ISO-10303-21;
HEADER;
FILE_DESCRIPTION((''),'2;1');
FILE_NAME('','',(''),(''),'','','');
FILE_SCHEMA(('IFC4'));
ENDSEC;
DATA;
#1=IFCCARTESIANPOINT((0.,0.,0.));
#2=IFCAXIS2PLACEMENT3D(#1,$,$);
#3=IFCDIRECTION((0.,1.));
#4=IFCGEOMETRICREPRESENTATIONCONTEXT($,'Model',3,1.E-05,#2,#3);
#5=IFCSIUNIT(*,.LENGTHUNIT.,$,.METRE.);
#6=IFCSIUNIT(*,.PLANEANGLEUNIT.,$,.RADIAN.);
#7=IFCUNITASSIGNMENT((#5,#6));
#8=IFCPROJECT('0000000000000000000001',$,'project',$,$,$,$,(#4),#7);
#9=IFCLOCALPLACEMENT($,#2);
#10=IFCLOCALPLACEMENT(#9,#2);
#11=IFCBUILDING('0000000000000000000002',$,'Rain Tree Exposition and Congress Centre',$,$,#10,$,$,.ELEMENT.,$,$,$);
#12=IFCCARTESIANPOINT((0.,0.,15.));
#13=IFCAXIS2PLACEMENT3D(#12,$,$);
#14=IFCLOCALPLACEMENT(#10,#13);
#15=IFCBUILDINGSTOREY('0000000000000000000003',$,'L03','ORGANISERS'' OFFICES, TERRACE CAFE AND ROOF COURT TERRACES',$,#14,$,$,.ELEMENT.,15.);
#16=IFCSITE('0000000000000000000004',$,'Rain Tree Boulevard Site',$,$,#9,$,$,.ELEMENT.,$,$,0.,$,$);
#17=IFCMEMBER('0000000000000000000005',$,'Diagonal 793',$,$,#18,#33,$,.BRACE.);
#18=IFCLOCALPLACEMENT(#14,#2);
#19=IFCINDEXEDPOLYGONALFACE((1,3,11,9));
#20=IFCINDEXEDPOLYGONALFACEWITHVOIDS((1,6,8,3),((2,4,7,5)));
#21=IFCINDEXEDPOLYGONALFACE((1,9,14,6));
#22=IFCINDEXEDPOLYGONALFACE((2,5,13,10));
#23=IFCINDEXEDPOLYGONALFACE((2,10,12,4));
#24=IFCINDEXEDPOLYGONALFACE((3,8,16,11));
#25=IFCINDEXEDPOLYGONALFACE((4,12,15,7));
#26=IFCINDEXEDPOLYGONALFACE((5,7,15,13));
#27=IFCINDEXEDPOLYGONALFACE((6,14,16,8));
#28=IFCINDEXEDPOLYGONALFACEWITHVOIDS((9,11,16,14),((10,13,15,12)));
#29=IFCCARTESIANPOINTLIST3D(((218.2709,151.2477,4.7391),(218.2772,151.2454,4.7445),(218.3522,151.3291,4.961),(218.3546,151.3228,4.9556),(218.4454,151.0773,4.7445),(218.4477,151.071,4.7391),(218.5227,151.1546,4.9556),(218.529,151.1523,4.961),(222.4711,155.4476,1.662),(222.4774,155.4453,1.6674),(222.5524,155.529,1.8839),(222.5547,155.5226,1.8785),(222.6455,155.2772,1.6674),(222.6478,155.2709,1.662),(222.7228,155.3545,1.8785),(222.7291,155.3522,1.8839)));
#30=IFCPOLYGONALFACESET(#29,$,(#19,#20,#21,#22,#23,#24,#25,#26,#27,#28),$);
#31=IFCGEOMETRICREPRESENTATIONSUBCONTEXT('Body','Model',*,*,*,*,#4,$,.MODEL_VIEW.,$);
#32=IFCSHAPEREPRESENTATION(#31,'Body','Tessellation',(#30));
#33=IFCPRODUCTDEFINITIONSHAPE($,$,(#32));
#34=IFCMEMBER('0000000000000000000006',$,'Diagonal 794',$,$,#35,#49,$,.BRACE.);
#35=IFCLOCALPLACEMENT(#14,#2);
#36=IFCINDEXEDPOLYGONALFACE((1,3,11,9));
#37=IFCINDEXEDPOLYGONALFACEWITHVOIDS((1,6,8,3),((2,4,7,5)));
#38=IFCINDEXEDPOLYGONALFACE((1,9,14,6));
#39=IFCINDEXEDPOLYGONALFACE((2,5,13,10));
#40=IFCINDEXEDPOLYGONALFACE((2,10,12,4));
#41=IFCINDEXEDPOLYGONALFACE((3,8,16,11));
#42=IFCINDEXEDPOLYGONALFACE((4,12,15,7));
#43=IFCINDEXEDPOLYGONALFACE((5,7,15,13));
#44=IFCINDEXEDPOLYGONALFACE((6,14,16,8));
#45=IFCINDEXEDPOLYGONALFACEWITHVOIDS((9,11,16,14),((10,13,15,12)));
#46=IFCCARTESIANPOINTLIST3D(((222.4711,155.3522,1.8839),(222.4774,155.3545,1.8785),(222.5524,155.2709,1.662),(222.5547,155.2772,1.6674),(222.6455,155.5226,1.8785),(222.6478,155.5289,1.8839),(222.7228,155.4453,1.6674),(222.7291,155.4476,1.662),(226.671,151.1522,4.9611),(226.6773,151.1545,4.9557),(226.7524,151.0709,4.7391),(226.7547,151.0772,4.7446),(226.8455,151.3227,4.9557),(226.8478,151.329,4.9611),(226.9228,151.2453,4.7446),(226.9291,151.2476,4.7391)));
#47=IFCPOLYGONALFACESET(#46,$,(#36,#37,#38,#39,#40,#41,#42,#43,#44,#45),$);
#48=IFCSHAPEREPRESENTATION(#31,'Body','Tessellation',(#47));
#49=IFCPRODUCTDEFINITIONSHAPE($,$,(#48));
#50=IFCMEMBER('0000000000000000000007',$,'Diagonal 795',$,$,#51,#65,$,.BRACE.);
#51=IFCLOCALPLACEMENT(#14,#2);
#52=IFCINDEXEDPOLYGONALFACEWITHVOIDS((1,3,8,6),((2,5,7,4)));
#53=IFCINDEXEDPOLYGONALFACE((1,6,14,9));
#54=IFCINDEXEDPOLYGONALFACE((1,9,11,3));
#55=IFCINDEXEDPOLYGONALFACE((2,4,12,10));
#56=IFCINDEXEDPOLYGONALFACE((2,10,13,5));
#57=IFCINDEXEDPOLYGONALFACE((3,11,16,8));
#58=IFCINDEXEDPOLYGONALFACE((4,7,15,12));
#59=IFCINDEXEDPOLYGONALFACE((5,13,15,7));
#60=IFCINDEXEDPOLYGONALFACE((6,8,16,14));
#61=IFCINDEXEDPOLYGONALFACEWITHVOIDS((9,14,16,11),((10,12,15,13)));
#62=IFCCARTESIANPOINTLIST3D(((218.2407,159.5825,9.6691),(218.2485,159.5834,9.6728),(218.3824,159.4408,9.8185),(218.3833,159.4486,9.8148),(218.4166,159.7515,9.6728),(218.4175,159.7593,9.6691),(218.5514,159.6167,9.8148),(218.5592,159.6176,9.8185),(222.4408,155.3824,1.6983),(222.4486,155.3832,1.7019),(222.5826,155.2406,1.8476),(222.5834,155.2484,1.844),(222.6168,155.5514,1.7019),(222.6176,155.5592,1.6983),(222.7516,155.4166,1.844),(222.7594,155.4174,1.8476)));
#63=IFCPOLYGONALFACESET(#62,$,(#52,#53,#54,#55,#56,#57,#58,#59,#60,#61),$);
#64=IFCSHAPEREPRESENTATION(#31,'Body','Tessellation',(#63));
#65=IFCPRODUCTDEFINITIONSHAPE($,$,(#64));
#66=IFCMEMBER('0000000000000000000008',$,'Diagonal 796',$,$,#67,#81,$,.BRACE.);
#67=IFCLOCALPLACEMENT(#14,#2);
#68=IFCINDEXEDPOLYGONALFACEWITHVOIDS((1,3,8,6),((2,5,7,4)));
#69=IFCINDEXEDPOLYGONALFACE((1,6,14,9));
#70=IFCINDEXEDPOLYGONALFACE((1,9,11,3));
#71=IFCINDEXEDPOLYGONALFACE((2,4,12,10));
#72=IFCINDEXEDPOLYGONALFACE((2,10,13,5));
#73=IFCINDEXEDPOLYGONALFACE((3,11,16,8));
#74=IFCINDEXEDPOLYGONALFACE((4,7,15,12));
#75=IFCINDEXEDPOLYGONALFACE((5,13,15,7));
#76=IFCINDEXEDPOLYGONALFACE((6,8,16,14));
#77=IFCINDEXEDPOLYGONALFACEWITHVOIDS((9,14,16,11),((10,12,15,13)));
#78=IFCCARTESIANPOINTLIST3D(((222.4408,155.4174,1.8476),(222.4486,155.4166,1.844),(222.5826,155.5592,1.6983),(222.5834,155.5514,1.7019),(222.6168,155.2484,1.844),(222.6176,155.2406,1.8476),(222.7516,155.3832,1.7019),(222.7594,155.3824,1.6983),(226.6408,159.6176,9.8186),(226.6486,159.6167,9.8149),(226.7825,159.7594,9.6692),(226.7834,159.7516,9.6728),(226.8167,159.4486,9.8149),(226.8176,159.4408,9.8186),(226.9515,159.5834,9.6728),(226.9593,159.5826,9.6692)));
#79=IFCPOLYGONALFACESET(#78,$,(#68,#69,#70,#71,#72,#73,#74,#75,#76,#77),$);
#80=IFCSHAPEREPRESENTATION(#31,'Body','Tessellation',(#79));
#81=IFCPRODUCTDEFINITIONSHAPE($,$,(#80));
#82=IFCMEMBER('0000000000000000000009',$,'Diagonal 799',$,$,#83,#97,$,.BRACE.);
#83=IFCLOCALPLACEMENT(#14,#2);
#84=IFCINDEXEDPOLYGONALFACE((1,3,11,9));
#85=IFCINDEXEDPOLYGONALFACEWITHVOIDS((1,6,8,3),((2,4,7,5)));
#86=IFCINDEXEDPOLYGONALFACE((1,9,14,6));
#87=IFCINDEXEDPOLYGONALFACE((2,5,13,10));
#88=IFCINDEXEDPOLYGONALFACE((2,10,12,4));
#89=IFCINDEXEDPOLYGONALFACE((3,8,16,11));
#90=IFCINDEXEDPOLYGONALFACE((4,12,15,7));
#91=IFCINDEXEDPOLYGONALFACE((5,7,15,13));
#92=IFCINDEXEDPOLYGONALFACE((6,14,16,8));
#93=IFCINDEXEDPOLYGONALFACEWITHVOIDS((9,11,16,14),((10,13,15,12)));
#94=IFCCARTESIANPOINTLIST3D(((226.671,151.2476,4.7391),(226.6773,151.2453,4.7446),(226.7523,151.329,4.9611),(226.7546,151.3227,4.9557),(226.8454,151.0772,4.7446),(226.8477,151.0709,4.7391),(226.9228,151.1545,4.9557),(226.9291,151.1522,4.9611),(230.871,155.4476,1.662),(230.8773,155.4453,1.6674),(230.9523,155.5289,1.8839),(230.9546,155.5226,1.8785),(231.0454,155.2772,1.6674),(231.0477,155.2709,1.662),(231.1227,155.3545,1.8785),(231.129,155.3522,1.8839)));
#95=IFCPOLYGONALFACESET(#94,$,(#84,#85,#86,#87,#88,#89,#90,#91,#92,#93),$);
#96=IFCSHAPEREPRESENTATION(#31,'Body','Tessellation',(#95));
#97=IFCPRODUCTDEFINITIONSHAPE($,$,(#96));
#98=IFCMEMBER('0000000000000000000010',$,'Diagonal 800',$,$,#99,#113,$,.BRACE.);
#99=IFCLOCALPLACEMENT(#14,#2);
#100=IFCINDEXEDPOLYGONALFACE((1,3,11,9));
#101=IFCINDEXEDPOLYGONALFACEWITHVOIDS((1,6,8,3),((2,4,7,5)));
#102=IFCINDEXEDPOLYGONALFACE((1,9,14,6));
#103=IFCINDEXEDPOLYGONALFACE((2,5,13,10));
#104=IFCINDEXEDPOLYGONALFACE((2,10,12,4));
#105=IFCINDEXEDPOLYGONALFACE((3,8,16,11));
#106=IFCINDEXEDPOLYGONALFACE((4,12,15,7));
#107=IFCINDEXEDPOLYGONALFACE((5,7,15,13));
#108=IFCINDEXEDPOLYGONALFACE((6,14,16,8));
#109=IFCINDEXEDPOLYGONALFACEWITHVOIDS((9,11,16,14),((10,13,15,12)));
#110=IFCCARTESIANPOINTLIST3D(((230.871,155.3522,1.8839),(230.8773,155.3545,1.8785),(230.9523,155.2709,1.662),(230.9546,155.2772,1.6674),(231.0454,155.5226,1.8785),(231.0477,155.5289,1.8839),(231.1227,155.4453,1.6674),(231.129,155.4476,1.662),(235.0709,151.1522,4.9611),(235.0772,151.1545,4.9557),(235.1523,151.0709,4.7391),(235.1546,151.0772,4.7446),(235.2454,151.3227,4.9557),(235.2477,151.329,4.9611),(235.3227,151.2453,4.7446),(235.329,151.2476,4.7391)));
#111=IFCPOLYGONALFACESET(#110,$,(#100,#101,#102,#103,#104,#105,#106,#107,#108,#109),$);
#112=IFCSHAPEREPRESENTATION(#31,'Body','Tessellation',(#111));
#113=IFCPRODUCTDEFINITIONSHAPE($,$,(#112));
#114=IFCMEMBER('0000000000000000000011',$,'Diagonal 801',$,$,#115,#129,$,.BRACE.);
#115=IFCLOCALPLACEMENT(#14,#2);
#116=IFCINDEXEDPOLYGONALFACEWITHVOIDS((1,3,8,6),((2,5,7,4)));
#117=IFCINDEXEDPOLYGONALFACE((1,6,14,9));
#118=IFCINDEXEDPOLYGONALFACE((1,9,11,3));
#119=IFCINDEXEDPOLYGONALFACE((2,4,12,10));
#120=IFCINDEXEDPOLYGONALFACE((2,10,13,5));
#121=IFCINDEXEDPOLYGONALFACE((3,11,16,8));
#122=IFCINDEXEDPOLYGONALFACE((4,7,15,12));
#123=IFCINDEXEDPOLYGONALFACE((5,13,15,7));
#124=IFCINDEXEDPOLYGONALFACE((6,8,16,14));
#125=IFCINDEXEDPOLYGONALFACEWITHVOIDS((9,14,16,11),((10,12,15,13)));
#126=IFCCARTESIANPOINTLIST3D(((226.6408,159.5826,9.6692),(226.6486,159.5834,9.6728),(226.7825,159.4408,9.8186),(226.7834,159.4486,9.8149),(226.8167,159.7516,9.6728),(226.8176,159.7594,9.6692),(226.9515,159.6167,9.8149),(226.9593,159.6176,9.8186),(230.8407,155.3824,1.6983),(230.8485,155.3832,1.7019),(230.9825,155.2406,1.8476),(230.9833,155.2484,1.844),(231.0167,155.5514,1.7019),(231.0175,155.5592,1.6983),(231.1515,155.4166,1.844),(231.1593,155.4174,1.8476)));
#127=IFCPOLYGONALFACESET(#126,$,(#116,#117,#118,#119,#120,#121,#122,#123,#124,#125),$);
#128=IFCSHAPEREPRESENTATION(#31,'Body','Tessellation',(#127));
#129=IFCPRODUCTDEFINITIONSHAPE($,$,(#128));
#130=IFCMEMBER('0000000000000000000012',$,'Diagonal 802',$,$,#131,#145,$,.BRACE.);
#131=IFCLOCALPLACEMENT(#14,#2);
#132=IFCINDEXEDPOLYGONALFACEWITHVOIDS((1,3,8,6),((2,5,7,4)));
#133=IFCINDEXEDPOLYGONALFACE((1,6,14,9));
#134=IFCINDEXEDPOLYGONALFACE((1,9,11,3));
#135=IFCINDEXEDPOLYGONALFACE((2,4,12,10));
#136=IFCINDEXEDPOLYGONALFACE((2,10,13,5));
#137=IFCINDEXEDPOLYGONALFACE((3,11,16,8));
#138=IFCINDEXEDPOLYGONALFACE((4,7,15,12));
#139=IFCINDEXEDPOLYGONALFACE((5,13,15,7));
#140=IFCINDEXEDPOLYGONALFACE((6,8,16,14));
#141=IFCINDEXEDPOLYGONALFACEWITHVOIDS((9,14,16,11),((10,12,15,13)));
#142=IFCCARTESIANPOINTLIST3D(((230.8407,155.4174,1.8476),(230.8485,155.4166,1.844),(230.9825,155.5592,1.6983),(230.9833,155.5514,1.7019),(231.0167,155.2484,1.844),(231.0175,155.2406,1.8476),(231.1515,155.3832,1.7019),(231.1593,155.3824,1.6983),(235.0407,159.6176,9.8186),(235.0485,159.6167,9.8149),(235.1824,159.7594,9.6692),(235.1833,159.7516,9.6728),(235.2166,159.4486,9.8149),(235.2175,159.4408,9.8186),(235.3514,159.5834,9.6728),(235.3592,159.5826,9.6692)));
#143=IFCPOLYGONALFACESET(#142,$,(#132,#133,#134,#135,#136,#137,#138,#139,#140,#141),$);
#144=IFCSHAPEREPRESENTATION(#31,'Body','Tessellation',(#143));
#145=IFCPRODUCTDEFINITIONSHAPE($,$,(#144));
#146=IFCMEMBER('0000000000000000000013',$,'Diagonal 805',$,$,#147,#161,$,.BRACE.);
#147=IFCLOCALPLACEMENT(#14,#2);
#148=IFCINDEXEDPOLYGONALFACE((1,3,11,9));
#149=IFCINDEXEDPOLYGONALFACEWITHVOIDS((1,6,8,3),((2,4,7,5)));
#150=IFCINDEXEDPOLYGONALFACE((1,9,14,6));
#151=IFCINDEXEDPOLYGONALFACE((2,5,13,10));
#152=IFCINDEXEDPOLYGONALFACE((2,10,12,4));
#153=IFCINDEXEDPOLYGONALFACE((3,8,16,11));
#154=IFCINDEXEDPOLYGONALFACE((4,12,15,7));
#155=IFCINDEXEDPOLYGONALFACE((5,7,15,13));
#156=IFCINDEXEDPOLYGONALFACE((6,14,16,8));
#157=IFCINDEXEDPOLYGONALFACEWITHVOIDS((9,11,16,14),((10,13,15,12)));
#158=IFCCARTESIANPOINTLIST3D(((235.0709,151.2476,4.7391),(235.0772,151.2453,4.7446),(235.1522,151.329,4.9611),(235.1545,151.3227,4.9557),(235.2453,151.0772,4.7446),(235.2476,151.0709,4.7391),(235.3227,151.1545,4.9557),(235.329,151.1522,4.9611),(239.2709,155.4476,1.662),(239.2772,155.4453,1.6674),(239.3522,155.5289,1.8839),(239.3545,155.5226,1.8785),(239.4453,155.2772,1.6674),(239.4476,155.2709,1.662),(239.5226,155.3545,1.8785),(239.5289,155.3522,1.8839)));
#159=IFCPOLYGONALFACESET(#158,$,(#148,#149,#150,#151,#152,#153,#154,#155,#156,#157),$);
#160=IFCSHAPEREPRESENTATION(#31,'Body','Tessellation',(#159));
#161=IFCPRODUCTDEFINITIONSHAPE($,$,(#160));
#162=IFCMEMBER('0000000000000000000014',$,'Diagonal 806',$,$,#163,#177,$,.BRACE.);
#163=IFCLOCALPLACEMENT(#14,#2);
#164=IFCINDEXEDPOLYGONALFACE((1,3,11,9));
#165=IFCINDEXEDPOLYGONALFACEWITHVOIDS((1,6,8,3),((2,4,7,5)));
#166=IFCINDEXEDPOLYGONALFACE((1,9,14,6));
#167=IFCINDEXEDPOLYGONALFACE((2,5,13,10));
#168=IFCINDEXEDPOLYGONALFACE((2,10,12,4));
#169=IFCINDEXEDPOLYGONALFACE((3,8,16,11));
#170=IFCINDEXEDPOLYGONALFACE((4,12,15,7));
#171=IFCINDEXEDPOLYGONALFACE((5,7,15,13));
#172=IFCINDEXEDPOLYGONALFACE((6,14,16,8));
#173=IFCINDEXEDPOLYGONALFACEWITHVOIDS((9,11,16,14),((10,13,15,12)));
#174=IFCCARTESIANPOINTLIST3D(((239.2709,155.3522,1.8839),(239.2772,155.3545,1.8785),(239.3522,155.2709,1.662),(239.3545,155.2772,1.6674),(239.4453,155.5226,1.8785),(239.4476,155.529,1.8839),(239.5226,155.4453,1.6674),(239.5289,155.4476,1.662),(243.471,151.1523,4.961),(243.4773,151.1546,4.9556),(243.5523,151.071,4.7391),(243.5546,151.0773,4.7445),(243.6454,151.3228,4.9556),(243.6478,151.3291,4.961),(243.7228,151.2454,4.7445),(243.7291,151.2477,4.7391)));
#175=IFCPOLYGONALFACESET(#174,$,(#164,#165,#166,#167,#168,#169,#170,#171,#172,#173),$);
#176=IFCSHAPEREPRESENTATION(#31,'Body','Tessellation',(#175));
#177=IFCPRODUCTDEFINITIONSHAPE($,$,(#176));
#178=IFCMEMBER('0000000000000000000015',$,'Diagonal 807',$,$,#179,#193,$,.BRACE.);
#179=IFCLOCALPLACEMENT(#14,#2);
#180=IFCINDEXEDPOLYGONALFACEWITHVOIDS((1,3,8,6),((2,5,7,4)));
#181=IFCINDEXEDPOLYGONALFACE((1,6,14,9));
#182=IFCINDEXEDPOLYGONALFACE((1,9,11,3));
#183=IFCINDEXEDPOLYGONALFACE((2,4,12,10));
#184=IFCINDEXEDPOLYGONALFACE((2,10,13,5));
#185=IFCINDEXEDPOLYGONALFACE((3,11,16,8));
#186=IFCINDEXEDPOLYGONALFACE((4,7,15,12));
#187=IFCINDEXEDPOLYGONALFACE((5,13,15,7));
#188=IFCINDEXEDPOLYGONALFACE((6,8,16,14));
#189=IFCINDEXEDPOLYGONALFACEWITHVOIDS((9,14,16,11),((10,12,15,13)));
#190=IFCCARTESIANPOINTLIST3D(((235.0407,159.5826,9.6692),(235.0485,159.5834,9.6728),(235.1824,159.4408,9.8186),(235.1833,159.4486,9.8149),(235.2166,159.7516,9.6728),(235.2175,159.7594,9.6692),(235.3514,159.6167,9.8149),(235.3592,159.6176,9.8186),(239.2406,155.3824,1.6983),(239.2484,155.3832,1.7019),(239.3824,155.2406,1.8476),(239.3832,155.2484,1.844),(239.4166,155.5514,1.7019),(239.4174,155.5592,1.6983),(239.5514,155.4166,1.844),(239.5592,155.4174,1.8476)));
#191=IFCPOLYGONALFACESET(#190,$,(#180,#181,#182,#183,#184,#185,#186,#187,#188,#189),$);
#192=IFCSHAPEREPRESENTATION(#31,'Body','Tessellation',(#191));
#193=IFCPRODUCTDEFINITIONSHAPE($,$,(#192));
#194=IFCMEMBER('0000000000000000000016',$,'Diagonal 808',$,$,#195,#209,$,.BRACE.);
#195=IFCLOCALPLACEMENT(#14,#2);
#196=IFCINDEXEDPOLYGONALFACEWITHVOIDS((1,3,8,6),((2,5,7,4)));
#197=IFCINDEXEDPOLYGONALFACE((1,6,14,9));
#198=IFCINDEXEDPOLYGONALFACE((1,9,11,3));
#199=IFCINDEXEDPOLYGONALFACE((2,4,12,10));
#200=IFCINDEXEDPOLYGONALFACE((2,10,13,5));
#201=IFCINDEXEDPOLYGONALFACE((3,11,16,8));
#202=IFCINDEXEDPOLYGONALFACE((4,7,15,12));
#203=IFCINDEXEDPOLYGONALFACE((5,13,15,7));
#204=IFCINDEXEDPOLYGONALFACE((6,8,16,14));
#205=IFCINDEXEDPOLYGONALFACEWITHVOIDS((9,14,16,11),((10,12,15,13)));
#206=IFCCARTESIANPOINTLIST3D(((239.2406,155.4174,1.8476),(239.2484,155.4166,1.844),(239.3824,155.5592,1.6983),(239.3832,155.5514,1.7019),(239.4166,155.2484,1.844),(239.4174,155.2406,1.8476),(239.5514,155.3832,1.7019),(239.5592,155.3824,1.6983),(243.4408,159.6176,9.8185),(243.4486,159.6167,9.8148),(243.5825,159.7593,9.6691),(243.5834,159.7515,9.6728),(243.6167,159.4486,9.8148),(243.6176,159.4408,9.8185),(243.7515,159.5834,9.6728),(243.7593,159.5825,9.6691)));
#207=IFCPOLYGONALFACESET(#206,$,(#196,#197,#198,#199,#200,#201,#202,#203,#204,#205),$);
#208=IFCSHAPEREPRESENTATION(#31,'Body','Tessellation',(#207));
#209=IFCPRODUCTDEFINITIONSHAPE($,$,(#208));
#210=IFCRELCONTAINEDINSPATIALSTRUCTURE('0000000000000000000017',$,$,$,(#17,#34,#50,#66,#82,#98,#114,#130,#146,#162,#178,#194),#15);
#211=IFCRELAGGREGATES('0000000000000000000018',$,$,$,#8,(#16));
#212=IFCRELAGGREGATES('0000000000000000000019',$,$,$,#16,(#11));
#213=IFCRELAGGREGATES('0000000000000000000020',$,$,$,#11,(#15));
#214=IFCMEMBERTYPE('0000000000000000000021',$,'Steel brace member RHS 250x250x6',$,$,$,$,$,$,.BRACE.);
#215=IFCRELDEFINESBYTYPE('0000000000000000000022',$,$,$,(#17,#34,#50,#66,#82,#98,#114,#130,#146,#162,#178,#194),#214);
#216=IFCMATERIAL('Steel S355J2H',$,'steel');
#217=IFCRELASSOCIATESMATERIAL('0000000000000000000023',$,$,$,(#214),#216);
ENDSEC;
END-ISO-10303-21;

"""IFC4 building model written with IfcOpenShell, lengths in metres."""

from ifc_helpers import new_model, si_unit, direction, frame, origin, origin_2d, place, context, subcontext, project, spatial, hollow_rectangle, extrude, material, material_profile, profile_set, type_object, element, save


model = new_model("IFC4")

# Units and contexts
model_context = context("Model", 3, precision=1e-05, world=origin(), true_north=direction((0.0, 1.0)))
body_context = subcontext(model_context, "Body", "Model", "MODEL_VIEW")
ifc_project = project(units=[si_unit("LENGTHUNIT", "METRE"), si_unit("PLANEANGLEUNIT", "RADIAN")], contexts=[model_context])

# Site, building, storey
site_placement = place(None, origin())
site = spatial("IfcSite", under=ifc_project, at=site_placement, Name="Rain Tree Boulevard Site", CompositionType="ELEMENT", RefElevation=0.0)
building_placement = place(site_placement, origin())
building = spatial("IfcBuilding", under=site, at=building_placement, Name="Rain Tree Exposition and Congress Centre", CompositionType="ELEMENT")
storey_placement = place(building_placement, frame((0.0, 0.0, 15.0)))
storey = spatial("IfcBuildingStorey", under=building, at=storey_placement, Name="L03", Description="ORGANISERS' OFFICES, TERRACE CAFE AND ROOF COURT TERRACES", CompositionType="ELEMENT", Elevation=15.0)

# Members
ifc_material_1 = material(Name="Steel S355J2H", Category="steel")
ifc_material_profile_1 = material_profile(ifc_material_1, hollow_rectangle(XDim=0.25, YDim=0.25, WallThickness=0.0061, at=origin_2d()), Name="RHS 250x250x6")
ifc_profile_set_1 = profile_set([ifc_material_profile_1], Name="Steel S355J2H")
member_type_1 = type_object("IfcMemberType", Name="Steel brace member RHS 250x250x6", PredefinedType="BRACE", material=ifc_profile_set_1)
for number, where, z_axis, x_axis, name in (
    (1, (222.6001, 155.3999, 1.7729), (-0.627874, -0.627838, 0.459993), (0.707086, -0.707127, 0.0), "Diagonal 793"),
    (2, (222.6001, 155.3999, 1.7729), (0.627852, -0.627852, 0.460004), (0.707107, 0.707107, 0.0), "Diagonal 794"),
):
    element("IfcMember", number, at=place(storey_placement, frame(where, z_axis=z_axis, x_axis=x_axis)), inside=storey, type_object=member_type_1, Name=name, PredefinedType="BRACE", context=body_context, shape_type="SweptSolid", body=[
        extrude(hollow_rectangle(XDim=0.25, YDim=0.25, WallThickness=0.0061, at=origin_2d()), origin(), (0.0, 0.0, 1.0), 6.6895),
    ])
for number, where, z_axis, x_axis, name in (
    (3, (222.6001, 155.3999, 1.7729), (-0.422521, 0.422521, 0.801843), (-0.707107, -0.707107, 0.0), "Diagonal 795"),
    (4, (222.6001, 155.3999, 1.7729), (0.422501, 0.422526, 0.801851), (-0.707127, 0.707086, 0.0), "Diagonal 796"),
):
    element("IfcMember", number, at=place(storey_placement, frame(where, z_axis=z_axis, x_axis=x_axis)), inside=storey, type_object=member_type_1, Name=name, PredefinedType="BRACE", context=body_context, shape_type="SweptSolid", body=[
        extrude(hollow_rectangle(XDim=0.25, YDim=0.25, WallThickness=0.0061, at=origin_2d()), origin(), (0.0, 0.0, 1.0), 9.9407),
    ])
for number, where, z_axis, x_axis, name in (
    (5, (231.0, 155.3999, 1.7729), (-0.627852, -0.627852, 0.460004), (0.707107, -0.707107, 0.0), "Diagonal 799"),
    (6, (231.0, 155.3999, 1.7729), (0.627852, -0.627852, 0.460004), (0.707107, 0.707107, 0.0), "Diagonal 800"),
):
    element("IfcMember", number, at=place(storey_placement, frame(where, z_axis=z_axis, x_axis=x_axis)), inside=storey, type_object=member_type_1, Name=name, PredefinedType="BRACE", context=body_context, shape_type="SweptSolid", body=[
        extrude(hollow_rectangle(XDim=0.25, YDim=0.25, WallThickness=0.0061, at=origin_2d()), origin(), (0.0, 0.0, 1.0), 6.6895),
    ])
for number, where, z_axis, x_axis, name in (
    (7, (231.0, 155.3999, 1.7729), (-0.422501, 0.422526, 0.801851), (-0.707127, -0.707086, 0.0), "Diagonal 801"),
    (8, (231.0, 155.3999, 1.7729), (0.422501, 0.422526, 0.801851), (-0.707127, 0.707086, 0.0), "Diagonal 802"),
):
    element("IfcMember", number, at=place(storey_placement, frame(where, z_axis=z_axis, x_axis=x_axis)), inside=storey, type_object=member_type_1, Name=name, PredefinedType="BRACE", context=body_context, shape_type="SweptSolid", body=[
        extrude(hollow_rectangle(XDim=0.25, YDim=0.25, WallThickness=0.0061, at=origin_2d()), origin(), (0.0, 0.0, 1.0), 9.9407),
    ])
for number, where, z_axis, x_axis, name in (
    (9, (239.3999, 155.3999, 1.7729), (-0.627852, -0.627852, 0.460004), (0.707107, -0.707107, 0.0), "Diagonal 805"),
    (10, (239.3999, 155.3999, 1.7729), (0.627874, -0.627838, 0.459993), (0.707086, 0.707127, 0.0), "Diagonal 806"),
):
    element("IfcMember", number, at=place(storey_placement, frame(where, z_axis=z_axis, x_axis=x_axis)), inside=storey, type_object=member_type_1, Name=name, PredefinedType="BRACE", context=body_context, shape_type="SweptSolid", body=[
        extrude(hollow_rectangle(XDim=0.25, YDim=0.25, WallThickness=0.0061, at=origin_2d()), origin(), (0.0, 0.0, 1.0), 6.6895),
    ])
for number, where, z_axis, x_axis, name in (
    (11, (239.3999, 155.3999, 1.7729), (-0.422501, 0.422526, 0.801851), (-0.707127, -0.707086, 0.0), "Diagonal 807"),
    (12, (239.3999, 155.3999, 1.7729), (0.422521, 0.422521, 0.801843), (-0.707107, 0.707107, 0.0), "Diagonal 808"),
):
    element("IfcMember", number, at=place(storey_placement, frame(where, z_axis=z_axis, x_axis=x_axis)), inside=storey, type_object=member_type_1, Name=name, PredefinedType="BRACE", context=body_context, shape_type="SweptSolid", body=[
        extrude(hollow_rectangle(XDim=0.25, YDim=0.25, WallThickness=0.0061, at=origin_2d()), origin(), (0.0, 0.0, 1.0), 9.9407),
    ])

save(model, "model.ifc")
